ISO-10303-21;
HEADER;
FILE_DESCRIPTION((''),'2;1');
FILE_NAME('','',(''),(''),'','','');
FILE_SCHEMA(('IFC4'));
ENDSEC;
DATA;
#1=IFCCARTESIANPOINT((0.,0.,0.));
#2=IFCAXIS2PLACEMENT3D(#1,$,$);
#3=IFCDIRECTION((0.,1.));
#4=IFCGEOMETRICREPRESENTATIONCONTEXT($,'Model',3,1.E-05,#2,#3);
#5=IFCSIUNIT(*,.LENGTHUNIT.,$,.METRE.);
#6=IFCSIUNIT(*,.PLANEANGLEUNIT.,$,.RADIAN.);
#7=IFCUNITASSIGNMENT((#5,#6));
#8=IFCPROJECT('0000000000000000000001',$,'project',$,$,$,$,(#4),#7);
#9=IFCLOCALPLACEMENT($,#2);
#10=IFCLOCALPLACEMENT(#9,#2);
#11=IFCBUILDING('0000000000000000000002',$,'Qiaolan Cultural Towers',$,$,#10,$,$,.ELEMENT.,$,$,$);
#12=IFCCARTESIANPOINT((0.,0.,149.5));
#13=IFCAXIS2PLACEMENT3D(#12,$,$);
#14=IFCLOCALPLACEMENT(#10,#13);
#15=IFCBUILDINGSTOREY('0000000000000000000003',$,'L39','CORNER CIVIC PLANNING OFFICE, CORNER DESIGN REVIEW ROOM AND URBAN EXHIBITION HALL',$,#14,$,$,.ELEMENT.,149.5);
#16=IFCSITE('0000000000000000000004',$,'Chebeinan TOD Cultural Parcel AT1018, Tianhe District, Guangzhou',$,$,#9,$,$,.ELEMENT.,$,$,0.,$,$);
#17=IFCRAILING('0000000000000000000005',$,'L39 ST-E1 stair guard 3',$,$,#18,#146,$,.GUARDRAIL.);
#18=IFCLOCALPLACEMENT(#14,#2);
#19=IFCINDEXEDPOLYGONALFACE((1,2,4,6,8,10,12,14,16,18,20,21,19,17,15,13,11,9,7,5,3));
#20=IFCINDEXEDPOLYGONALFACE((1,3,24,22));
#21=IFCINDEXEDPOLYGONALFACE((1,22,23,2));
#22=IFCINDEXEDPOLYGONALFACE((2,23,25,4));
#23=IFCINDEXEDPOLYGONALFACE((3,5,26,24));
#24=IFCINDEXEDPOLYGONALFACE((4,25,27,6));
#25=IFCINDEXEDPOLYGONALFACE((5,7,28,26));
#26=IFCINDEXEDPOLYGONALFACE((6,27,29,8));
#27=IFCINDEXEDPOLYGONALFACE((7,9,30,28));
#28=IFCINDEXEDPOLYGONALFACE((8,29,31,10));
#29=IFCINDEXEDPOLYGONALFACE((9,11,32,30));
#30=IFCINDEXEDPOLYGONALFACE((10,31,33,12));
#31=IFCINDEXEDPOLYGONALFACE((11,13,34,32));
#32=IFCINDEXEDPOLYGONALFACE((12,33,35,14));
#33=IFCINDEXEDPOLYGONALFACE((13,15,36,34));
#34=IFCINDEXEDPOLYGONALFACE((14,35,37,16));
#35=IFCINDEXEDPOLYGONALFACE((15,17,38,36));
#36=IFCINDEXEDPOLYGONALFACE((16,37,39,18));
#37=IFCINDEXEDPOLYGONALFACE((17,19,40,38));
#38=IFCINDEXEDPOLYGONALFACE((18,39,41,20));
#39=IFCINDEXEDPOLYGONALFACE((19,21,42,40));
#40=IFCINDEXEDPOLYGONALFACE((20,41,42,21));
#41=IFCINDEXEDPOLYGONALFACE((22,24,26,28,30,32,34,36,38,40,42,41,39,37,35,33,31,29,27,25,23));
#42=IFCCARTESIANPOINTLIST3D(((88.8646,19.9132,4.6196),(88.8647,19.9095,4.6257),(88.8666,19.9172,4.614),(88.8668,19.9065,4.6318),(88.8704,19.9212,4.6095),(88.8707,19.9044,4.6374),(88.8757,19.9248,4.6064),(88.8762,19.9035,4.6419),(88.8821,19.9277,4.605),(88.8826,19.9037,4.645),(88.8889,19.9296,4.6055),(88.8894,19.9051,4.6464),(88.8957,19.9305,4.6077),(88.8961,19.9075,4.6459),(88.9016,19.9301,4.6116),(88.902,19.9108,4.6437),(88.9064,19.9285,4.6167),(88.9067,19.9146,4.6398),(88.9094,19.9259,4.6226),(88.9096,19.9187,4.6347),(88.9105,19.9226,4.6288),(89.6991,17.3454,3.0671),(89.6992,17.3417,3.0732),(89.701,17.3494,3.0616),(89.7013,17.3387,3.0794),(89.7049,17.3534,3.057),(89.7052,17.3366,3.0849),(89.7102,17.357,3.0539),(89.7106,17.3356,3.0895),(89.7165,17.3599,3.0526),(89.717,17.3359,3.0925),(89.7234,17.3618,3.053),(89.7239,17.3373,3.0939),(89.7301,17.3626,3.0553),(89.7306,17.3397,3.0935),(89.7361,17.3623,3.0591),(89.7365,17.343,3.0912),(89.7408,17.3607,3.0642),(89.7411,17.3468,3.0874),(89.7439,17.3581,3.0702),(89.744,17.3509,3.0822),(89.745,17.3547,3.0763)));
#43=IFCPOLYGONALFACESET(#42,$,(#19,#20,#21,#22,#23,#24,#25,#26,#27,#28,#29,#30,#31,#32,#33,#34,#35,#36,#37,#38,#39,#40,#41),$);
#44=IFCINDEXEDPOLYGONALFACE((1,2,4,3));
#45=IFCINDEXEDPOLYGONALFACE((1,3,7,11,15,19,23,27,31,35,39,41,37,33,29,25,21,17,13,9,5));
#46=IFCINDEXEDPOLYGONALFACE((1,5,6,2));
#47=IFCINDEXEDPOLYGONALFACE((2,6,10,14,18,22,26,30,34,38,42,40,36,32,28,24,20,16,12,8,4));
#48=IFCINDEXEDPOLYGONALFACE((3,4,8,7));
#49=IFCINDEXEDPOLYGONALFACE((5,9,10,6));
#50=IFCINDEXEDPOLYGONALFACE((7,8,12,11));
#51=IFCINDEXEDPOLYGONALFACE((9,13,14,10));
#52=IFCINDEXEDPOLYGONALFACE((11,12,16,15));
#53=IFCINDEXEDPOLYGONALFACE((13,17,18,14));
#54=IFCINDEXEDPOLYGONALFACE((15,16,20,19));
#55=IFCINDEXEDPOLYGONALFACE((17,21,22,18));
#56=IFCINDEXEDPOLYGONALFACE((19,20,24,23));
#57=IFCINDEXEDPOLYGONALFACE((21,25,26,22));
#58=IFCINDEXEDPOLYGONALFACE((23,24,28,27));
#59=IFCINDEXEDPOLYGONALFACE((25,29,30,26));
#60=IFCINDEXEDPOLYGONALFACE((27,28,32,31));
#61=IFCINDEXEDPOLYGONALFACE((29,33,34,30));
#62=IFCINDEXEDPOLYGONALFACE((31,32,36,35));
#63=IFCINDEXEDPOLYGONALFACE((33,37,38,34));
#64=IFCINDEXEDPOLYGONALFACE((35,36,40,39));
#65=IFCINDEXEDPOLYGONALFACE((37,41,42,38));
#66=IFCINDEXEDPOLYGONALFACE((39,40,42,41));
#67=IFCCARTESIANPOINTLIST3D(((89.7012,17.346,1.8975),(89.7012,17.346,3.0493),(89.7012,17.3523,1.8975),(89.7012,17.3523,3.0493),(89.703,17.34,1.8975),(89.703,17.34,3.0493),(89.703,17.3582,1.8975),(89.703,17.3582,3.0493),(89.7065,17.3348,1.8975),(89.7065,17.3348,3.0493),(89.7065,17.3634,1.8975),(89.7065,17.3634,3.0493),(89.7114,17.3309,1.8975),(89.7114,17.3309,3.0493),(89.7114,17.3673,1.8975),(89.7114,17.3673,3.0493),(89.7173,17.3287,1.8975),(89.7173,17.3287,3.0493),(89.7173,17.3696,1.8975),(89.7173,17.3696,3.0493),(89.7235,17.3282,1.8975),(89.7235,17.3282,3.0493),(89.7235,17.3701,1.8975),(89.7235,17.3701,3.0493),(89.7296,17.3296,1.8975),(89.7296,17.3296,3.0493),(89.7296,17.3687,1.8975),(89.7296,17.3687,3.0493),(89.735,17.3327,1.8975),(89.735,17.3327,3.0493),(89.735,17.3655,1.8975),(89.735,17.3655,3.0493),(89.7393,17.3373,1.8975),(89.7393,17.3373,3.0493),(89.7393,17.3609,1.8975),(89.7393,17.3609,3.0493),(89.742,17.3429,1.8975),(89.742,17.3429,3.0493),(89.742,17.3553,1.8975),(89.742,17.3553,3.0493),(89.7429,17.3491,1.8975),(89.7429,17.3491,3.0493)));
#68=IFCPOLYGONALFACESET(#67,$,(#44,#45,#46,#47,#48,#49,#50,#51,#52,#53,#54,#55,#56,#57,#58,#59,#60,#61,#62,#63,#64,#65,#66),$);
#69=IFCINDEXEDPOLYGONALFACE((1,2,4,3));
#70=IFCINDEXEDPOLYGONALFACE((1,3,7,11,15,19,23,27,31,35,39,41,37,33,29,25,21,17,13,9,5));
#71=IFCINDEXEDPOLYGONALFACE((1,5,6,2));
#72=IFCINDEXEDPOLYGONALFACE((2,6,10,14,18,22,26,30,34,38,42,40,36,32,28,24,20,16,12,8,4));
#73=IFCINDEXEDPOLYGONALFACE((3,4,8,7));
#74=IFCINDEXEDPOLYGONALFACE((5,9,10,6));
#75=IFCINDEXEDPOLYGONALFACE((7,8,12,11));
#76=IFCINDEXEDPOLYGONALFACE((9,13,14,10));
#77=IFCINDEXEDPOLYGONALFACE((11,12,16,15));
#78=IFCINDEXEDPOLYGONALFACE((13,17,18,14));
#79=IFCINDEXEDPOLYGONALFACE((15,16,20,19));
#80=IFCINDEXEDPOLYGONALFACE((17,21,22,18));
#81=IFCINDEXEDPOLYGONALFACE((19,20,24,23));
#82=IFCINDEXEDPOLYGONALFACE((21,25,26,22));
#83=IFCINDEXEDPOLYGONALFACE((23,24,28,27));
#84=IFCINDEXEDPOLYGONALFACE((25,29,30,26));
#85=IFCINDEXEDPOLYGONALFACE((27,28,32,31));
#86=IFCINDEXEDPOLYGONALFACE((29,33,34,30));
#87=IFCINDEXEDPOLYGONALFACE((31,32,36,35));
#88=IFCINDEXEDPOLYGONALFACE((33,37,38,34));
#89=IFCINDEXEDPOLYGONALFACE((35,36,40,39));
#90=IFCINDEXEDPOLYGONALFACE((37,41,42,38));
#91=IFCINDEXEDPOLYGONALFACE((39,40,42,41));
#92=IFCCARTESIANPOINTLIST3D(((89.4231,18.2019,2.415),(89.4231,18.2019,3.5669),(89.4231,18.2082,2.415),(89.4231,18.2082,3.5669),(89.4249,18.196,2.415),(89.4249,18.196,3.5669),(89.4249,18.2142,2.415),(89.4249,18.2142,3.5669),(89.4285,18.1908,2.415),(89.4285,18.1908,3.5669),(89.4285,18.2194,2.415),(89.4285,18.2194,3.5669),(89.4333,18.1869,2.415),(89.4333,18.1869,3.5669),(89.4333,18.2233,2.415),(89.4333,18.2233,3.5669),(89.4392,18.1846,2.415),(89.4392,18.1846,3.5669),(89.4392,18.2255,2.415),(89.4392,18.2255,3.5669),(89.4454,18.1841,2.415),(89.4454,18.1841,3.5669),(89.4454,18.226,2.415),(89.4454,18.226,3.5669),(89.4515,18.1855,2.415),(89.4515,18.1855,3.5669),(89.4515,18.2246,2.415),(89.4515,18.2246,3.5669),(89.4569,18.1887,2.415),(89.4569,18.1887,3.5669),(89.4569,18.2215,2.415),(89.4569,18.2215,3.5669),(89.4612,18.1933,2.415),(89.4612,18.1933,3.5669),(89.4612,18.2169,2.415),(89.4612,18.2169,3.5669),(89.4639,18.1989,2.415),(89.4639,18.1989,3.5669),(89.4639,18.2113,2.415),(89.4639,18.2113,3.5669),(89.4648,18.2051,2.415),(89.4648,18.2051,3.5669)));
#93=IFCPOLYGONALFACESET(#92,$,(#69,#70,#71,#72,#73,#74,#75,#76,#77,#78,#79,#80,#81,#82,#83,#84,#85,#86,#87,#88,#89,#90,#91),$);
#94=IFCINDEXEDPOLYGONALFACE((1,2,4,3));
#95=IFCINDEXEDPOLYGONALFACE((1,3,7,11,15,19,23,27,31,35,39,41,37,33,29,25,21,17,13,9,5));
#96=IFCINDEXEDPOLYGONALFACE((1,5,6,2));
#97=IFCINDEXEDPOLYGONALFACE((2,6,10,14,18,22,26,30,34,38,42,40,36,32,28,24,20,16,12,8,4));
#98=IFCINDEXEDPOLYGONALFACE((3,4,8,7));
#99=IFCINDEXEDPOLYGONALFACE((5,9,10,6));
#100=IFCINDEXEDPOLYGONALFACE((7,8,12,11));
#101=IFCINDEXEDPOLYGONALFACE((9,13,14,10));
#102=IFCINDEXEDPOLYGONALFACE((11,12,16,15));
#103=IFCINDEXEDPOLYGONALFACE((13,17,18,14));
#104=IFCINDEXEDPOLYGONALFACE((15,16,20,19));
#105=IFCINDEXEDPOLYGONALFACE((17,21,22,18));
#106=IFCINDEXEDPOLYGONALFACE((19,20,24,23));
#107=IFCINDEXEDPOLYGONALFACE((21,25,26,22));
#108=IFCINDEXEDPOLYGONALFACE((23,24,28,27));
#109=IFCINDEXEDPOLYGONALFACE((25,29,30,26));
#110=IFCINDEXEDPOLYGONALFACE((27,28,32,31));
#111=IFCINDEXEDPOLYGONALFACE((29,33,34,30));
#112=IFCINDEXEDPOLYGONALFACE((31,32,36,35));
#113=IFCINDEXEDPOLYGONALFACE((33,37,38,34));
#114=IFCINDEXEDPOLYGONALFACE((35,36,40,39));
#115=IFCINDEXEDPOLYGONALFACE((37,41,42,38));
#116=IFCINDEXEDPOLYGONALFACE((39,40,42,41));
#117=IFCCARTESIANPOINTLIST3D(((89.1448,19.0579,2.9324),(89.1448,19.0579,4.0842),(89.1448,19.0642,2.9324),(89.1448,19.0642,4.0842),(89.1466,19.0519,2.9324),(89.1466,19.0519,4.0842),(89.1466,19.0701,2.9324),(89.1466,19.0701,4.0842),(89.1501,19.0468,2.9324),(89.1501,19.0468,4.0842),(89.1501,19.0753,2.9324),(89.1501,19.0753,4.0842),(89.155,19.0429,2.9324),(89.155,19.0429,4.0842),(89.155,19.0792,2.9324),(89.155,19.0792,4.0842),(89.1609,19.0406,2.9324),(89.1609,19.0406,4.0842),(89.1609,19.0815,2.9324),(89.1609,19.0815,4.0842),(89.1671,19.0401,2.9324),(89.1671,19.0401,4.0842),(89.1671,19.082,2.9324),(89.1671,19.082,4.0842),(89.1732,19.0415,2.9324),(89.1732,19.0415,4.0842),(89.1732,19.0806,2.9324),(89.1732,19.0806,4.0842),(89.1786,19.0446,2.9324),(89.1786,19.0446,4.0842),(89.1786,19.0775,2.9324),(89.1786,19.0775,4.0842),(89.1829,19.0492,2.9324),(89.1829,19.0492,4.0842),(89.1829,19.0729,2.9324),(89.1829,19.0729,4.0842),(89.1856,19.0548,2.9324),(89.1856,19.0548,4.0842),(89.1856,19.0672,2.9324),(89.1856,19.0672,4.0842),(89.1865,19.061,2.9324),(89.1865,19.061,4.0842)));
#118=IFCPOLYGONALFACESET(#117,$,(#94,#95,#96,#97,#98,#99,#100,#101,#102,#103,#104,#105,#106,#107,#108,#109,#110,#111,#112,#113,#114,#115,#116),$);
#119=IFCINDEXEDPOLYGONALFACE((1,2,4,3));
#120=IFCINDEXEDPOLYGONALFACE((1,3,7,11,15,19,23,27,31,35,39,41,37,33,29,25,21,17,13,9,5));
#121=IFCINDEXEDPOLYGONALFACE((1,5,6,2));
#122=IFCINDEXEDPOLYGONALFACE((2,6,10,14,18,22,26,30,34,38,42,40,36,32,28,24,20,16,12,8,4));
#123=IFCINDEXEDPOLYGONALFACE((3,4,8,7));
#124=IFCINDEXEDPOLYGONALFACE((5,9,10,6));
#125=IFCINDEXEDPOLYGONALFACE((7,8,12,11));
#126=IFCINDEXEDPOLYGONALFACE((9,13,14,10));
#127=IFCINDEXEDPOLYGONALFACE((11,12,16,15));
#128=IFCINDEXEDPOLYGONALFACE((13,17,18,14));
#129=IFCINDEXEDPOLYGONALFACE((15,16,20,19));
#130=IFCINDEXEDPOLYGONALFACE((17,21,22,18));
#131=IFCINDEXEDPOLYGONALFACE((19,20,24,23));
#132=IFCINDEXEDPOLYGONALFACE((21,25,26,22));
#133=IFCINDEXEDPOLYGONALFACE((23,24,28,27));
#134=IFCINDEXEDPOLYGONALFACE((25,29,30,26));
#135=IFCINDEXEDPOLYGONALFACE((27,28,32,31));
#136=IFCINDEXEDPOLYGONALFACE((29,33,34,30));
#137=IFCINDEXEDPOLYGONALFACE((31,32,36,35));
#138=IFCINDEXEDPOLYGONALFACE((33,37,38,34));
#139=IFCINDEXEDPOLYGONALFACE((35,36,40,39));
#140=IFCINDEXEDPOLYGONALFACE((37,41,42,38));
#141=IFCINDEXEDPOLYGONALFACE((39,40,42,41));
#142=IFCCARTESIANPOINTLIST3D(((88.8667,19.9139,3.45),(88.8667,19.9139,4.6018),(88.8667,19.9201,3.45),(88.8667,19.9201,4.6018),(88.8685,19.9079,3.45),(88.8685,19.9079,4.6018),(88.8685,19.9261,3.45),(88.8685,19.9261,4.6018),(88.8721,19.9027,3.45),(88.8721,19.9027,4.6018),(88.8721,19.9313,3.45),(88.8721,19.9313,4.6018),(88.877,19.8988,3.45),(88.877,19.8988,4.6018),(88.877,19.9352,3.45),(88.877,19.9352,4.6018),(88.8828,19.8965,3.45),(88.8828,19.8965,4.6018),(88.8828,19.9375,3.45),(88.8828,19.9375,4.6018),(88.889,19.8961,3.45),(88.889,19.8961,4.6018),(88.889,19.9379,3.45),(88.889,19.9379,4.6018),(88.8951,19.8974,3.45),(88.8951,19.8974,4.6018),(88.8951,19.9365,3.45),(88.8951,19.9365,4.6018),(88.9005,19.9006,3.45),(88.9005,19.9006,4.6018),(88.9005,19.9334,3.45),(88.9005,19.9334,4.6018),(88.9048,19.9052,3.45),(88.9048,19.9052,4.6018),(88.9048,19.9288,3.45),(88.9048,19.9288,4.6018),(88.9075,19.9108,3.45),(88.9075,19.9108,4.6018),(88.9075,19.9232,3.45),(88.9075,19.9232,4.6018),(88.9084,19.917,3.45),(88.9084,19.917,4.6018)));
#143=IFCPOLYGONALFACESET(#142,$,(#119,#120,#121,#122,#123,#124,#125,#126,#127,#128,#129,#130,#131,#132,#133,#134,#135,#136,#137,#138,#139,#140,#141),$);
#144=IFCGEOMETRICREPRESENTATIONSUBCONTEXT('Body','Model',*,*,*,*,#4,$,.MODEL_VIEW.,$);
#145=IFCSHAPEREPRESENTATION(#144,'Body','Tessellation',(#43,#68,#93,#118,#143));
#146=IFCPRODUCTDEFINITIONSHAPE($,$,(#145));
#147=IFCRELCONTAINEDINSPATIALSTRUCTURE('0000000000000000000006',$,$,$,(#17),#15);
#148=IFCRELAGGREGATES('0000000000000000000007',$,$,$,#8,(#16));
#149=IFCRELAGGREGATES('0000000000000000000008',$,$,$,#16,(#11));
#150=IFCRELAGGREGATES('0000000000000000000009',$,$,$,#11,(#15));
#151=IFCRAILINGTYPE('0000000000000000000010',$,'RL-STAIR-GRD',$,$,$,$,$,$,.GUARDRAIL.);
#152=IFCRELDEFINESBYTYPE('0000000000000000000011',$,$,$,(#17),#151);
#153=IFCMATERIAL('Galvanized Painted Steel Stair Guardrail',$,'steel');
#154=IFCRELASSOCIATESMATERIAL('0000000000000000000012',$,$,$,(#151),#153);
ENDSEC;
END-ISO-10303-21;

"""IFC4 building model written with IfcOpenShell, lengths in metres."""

from ifc_helpers import new_model, si_unit, direction, frame, origin, origin_2d, place, context, subcontext, project, spatial, circle, extrude, material, type_object, element, save


model = new_model("IFC4")

# Units and contexts
model_context = context("Model", 3, precision=1e-05, world=origin(), true_north=direction((0.0, 1.0)))
body_context = subcontext(model_context, "Body", "Model", "MODEL_VIEW")
ifc_project = project(units=[si_unit("LENGTHUNIT", "METRE"), si_unit("PLANEANGLEUNIT", "RADIAN")], contexts=[model_context])

# Site, building, storey
site_placement = place(None, origin())
site = spatial("IfcSite", under=ifc_project, at=site_placement, Name="Chebeinan TOD Cultural Parcel AT1018, Tianhe District, Guangzhou", CompositionType="ELEMENT", RefElevation=0.0)
building_placement = place(site_placement, origin())
building = spatial("IfcBuilding", under=site, at=building_placement, Name="Qiaolan Cultural Towers", CompositionType="ELEMENT")
storey_placement = place(building_placement, frame((0.0, 0.0, 149.5)))
storey = spatial("IfcBuildingStorey", under=building, at=storey_placement, Name="L39", Description="CORNER CIVIC PLANNING OFFICE, CORNER DESIGN REVIEW ROOM AND URBAN EXHIBITION HALL", CompositionType="ELEMENT", Elevation=149.5)

# Railing
ifc_material_1 = material(Name="Galvanized Painted Steel Stair Guardrail", Category="steel")
railing_type_1 = type_object("IfcRailingType", Name="RL-STAIR-GRD", PredefinedType="GUARDRAIL", material=ifc_material_1)
railing_1_placement = place(storey_placement, frame((89.7219, 17.3491, 1.8975)))
element("IfcRailing", 1, at=railing_1_placement, inside=storey, type_object=railing_type_1, Name="L39 ST-E1 stair guard 3", PredefinedType="GUARDRAIL", context=body_context, shape_type="SweptSolid", body=[
    extrude(circle(Radius=0.0239, at=origin_2d()), frame((0.0, 0.0, 1.1758), z_axis=(-0.267926, 0.824471, 0.498461), x_axis=(-0.951043, -0.309057, 0.0)), (0.0, 0.0, 1.0), 3.1145),
    extrude(circle(Radius=0.021, at=origin_2d()), origin(), (0.0, 0.0, 1.0), 1.1519),
    extrude(circle(Radius=0.021, at=origin_2d()), frame((-0.2781, 0.856, 0.5176)), (0.0, 0.0, 1.0), 1.1519),
    extrude(circle(Radius=0.021, at=origin_2d()), frame((-0.5564, 1.7119, 1.0349)), (0.0, 0.0, 1.0), 1.1519),
    extrude(circle(Radius=0.021, at=origin_2d()), frame((-0.8345, 2.5679, 1.5525)), (0.0, 0.0, 1.0), 1.1519),
])

save(model, "model.ifc")
